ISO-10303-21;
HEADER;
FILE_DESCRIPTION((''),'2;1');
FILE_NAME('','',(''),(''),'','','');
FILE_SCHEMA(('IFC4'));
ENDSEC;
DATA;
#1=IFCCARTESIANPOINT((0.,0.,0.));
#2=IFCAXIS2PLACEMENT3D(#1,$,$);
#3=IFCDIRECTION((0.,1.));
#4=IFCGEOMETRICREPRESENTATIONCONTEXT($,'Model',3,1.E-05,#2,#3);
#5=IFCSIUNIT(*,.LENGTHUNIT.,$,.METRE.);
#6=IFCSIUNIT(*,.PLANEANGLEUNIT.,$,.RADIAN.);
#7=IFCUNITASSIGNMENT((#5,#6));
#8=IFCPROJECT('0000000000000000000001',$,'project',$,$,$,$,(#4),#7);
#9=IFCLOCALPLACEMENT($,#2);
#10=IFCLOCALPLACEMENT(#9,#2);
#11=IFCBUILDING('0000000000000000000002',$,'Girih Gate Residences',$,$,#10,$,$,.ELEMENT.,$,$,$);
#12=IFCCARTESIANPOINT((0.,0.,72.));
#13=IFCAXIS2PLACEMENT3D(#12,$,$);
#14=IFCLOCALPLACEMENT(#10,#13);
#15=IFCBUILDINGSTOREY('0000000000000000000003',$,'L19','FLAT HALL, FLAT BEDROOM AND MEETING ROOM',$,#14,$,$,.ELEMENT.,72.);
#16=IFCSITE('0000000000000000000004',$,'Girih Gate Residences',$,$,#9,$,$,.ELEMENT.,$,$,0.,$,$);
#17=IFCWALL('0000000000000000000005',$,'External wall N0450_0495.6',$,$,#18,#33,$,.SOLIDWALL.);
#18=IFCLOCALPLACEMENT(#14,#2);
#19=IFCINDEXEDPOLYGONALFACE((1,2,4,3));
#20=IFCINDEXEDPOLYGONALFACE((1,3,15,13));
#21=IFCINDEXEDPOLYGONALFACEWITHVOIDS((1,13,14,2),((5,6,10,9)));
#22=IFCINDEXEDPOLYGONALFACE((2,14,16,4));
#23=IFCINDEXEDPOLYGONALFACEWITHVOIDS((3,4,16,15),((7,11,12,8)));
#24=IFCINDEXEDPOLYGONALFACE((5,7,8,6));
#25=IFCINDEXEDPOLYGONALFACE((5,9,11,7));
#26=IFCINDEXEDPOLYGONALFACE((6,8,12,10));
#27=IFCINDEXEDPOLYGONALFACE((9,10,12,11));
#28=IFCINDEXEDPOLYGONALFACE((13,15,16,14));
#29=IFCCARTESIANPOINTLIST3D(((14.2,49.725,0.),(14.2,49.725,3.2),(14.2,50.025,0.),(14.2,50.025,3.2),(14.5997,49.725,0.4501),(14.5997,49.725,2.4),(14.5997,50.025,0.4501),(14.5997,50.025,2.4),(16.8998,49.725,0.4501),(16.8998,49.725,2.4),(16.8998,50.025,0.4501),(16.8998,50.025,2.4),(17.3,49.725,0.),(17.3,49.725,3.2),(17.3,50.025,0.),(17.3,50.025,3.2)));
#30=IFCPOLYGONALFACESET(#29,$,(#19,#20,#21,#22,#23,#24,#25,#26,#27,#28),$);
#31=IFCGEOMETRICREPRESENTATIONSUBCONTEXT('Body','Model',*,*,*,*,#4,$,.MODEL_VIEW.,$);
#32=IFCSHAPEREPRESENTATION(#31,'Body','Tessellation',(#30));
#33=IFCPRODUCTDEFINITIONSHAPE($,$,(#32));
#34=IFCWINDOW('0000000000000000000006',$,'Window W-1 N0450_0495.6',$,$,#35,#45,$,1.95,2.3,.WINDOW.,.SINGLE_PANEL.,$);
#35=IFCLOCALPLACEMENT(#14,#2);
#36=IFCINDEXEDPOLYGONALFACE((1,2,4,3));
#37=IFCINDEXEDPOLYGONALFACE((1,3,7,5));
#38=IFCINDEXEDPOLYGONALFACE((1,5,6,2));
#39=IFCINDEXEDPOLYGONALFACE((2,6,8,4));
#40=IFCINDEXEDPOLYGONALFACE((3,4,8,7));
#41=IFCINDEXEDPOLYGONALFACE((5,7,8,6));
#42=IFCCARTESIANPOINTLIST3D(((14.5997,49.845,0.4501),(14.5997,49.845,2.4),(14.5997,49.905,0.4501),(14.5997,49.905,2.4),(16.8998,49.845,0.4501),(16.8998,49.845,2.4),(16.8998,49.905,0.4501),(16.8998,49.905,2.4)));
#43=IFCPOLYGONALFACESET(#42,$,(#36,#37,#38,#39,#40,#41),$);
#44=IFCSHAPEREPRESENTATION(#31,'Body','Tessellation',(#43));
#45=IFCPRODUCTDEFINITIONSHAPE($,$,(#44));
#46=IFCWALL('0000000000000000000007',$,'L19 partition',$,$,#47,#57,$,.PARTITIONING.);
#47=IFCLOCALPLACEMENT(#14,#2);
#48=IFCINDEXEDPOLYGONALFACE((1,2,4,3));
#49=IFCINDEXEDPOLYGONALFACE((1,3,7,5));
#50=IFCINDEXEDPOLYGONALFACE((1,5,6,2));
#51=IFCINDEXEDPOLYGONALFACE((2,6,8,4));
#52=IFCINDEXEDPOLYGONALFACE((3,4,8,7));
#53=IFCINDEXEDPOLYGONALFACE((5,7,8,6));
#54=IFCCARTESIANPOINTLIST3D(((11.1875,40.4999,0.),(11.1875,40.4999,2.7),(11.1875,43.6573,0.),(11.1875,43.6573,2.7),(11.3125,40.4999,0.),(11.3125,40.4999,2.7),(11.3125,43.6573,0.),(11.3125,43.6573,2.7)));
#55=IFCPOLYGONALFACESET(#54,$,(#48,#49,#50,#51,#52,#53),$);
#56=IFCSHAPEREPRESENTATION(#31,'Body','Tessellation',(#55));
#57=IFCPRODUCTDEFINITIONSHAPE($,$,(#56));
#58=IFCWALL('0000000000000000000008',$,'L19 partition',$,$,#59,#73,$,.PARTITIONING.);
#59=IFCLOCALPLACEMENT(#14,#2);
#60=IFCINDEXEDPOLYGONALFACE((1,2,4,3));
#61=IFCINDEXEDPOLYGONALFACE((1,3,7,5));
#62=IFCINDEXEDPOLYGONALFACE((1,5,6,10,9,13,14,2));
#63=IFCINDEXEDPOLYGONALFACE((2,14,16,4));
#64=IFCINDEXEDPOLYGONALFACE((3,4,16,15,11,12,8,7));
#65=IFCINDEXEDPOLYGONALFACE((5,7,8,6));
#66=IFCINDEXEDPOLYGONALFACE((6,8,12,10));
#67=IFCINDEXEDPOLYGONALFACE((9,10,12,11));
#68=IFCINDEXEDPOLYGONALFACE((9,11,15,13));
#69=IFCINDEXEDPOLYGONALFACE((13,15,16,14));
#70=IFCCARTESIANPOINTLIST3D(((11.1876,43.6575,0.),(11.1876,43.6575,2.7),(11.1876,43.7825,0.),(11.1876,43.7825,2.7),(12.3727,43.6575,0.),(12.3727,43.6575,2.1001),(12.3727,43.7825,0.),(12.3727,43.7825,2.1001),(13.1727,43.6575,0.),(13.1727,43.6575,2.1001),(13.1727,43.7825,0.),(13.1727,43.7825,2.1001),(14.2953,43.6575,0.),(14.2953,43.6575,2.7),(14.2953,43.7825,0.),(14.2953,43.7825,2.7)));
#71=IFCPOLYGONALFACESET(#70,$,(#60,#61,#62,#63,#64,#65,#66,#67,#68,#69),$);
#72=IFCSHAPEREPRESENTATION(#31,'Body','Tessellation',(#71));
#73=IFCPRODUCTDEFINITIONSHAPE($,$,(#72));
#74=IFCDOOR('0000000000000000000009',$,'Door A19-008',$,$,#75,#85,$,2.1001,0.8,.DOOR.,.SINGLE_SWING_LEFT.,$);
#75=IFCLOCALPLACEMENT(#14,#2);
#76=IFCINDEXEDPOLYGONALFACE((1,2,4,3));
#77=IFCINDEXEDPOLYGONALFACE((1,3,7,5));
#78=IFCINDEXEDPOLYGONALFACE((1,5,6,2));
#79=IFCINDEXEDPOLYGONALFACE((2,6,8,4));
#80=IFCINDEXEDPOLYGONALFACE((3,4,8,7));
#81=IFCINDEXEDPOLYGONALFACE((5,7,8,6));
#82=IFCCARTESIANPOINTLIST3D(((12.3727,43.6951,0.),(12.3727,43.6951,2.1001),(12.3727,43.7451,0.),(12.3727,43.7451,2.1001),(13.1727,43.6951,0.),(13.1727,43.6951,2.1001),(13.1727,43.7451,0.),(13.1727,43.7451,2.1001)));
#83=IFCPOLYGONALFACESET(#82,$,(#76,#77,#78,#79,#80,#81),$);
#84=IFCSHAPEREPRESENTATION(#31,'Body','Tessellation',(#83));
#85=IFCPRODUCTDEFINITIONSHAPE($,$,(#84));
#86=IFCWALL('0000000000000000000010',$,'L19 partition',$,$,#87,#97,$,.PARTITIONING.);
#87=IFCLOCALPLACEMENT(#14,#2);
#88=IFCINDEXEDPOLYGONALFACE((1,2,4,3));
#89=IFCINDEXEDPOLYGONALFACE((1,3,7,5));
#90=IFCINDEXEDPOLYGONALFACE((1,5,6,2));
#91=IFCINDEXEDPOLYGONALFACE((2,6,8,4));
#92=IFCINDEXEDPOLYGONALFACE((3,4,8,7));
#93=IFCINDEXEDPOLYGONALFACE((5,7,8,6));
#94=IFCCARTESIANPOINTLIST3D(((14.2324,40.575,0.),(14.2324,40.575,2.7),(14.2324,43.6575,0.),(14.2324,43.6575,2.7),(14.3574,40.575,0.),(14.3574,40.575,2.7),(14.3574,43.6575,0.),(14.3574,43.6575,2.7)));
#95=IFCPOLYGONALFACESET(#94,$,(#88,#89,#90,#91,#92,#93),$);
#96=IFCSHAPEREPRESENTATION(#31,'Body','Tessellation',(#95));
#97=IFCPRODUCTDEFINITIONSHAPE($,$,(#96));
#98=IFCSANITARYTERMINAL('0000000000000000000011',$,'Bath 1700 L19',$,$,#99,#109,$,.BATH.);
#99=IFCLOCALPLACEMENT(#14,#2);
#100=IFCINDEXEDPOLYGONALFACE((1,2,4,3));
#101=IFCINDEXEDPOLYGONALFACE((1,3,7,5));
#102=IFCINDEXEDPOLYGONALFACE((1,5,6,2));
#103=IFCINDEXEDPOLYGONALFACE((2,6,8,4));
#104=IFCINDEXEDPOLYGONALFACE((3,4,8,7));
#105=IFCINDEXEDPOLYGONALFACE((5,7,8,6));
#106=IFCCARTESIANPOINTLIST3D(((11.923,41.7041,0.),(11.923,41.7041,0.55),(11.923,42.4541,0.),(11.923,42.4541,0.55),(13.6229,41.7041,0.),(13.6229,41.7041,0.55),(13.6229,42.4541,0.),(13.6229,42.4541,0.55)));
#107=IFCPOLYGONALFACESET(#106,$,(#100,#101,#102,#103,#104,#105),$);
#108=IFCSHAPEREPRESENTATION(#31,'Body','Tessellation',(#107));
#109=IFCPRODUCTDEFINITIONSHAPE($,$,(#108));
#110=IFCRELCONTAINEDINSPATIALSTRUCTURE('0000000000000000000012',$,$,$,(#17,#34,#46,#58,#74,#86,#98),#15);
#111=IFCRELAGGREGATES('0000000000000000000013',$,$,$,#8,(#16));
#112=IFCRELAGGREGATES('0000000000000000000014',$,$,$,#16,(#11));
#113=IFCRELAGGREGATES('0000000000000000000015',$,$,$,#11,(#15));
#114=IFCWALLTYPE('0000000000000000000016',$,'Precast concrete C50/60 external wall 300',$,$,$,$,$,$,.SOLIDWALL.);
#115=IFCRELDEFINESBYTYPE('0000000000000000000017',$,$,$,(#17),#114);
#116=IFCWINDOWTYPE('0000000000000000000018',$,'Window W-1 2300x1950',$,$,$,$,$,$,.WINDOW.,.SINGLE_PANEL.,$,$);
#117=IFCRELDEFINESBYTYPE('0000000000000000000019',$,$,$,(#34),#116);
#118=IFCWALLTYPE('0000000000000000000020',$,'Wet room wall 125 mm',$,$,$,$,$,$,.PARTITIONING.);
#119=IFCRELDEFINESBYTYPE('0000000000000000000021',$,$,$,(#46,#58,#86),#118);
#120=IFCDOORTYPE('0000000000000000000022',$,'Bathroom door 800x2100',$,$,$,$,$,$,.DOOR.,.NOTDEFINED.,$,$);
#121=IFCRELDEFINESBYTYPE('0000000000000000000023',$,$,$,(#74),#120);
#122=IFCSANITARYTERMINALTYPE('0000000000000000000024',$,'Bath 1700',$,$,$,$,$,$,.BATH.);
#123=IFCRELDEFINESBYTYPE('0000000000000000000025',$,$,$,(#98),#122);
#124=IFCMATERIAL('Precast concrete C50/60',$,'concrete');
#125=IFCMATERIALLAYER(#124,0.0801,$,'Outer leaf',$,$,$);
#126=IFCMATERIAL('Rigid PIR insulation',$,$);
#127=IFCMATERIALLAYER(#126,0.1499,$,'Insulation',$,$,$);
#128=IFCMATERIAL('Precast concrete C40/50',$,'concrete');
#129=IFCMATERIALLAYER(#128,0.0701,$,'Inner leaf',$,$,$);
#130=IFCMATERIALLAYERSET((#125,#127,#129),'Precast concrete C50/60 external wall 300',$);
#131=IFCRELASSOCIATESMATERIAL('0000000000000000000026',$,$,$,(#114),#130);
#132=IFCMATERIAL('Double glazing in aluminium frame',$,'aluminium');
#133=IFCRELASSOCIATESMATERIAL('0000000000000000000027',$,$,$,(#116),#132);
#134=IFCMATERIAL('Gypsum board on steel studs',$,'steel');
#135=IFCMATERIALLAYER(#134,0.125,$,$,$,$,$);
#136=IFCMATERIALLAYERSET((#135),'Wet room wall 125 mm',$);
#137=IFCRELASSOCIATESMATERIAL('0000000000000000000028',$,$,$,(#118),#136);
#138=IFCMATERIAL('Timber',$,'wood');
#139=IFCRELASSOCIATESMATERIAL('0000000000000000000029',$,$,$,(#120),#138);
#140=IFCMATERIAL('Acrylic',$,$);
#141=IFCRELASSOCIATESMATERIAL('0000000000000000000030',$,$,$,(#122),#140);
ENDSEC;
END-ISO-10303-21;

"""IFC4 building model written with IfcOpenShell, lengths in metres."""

from ifc_helpers import new_model, si_unit, direction, frame, frame_2d, origin, origin_2d, place, context, subcontext, project, spatial, rectangle, extrude, material, layer, layer_set, type_object, element, fill, save


model = new_model("IFC4")

# Units and contexts
model_context = context("Model", 3, precision=1e-05, world=origin(), true_north=direction((0.0, 1.0)))
body_context = subcontext(model_context, "Body", "Model", "MODEL_VIEW")
ifc_project = project(units=[si_unit("LENGTHUNIT", "METRE"), si_unit("PLANEANGLEUNIT", "RADIAN")], contexts=[model_context])

# Site, building, storey
site_placement = place(None, origin())
site = spatial("IfcSite", under=ifc_project, at=site_placement, Name="Girih Gate Residences", CompositionType="ELEMENT", RefElevation=0.0)
building_placement = place(site_placement, origin())
building = spatial("IfcBuilding", under=site, at=building_placement, Name="Girih Gate Residences", CompositionType="ELEMENT")
storey_placement = place(building_placement, frame((0.0, 0.0, 72.0)))
storey = spatial("IfcBuildingStorey", under=building, at=storey_placement, Name="L19", Description="FLAT HALL, FLAT BEDROOM AND MEETING ROOM", CompositionType="ELEMENT", Elevation=72.0)

# Shared definitions
ifc_material_1 = material(Name="Gypsum board on steel studs", Category="steel")

# Shared definitions
ifc_material_2 = material(Name="Timber", Category="wood")

# Wall, opening, window
ifc_material_3 = material(Name="Precast concrete C50/60", Category="concrete")
ifc_layer_1 = layer(ifc_material_3, 0.0801, Name="Outer leaf")
ifc_material_4 = material(Name="Rigid PIR insulation")
ifc_layer_2 = layer(ifc_material_4, 0.1499, Name="Insulation")
ifc_material_5 = material(Name="Precast concrete C40/50", Category="concrete")
ifc_layer_3 = layer(ifc_material_5, 0.0701, Name="Inner leaf")
ifc_layer_set_1 = layer_set([ifc_layer_1, ifc_layer_2, ifc_layer_3], Name="Precast concrete C50/60 external wall 300")
wall_type_1 = type_object("IfcWallType", Name="Precast concrete C50/60 external wall 300", PredefinedType="SOLIDWALL", material=ifc_layer_set_1)
ifc_material_6 = material(Name="Double glazing in aluminium frame", Category="aluminium")
window_type = type_object("IfcWindowType", Name="Window W-1 2300x1950", PartitioningType="SINGLE_PANEL", PredefinedType="WINDOW", material=ifc_material_6)
wall_1_placement = place(storey_placement, frame((14.2, 49.875, 0.0), z_axis=(0.0, 0.0, 1.0), x_axis=(1.0, 0.0, 0.0)))
wall_1 = element("IfcWall", 1, at=wall_1_placement, inside=storey, type_object=wall_type_1, Name="External wall N0450_0495.6", PredefinedType="SOLIDWALL", context=body_context, shape_type="SweptSolid", body=[
    extrude(rectangle(XDim=3.1001, YDim=0.3, at=frame_2d((1.55, 0.0))), origin(), (0.0, 0.0, 1.0), 3.2),
])
opening_1_placement = place(wall_1_placement, frame((0.3999, 0.0, 0.45)))
opening_1 = element("IfcOpeningElement", 2, at=opening_1_placement, cuts=wall_1, PredefinedType="OPENING", context=body_context, shape_type="SweptSolid", body=[
    extrude(rectangle(XDim=2.3, YDim=1.95, at=frame_2d((1.1499, 0.9751))), frame((0.0, 0.1599, 0.0), z_axis=(0.0, -1.0, 0.0), x_axis=(1.0, 0.0, 0.0)), (0.0, 0.0, 1.0), 0.3201),
])
window_1_placement = place(opening_1_placement, origin())
window_1 = element("IfcWindow", 3, at=window_1_placement, inside=storey, type_object=window_type, Name="Window W-1 N0450_0495.6", OverallHeight=1.95, OverallWidth=2.3, PartitioningType="SINGLE_PANEL", PredefinedType="WINDOW", context=body_context, shape_type="SweptSolid", body=[
    extrude(rectangle(XDim=2.3, YDim=1.95, at=frame_2d((1.1499, 0.9751))), frame((0.0, 0.03, 0.0), z_axis=(0.0, -1.0, 0.0), x_axis=(1.0, 0.0, 0.0)), (0.0, 0.0, 1.0), 0.0601),
])
fill(opening_1, window_1)

# Wall
ifc_layer_4 = layer(ifc_material_1, 0.125)
ifc_layer_set_2 = layer_set([ifc_layer_4], Name="Wet room wall 125 mm")
wall_type_2 = type_object("IfcWallType", Name="Wet room wall 125 mm", PredefinedType="PARTITIONING", material=ifc_layer_set_2)
wall_2_placement = place(storey_placement, frame((11.25, 40.5, 0.0), z_axis=(0.0, 0.0, 1.0), x_axis=(0.0, 1.0, 0.0)))
element("IfcWall", 4, at=wall_2_placement, inside=storey, type_object=wall_type_2, Name="L19 partition", PredefinedType="PARTITIONING", context=body_context, shape_type="SweptSolid", body=[
    extrude(rectangle(XDim=3.1575, YDim=0.125, at=frame_2d((1.5786, 0.0))), origin(), (0.0, 0.0, 1.0), 2.7),
])

# Wall, opening, door
wall_3_placement = place(storey_placement, frame((14.2952, 43.72, 0.0), z_axis=(0.0, 0.0, 1.0), x_axis=(-1.0, 0.0, 0.0)))
wall_3 = element("IfcWall", 5, at=wall_3_placement, inside=storey, type_object=wall_type_2, Name="L19 partition", PredefinedType="PARTITIONING", context=body_context, shape_type="SweptSolid", body=[
    extrude(rectangle(XDim=3.1077, YDim=0.125, at=frame_2d((1.5537, 0.0))), origin(), (0.0, 0.0, 1.0), 2.7),
])
opening_2_placement = place(wall_3_placement, frame((1.1226, 0.0, 0.0)))
opening_2 = element("IfcOpeningElement", 6, at=opening_2_placement, cuts=wall_3, PredefinedType="OPENING", context=body_context, shape_type="SweptSolid", body=[
    extrude(rectangle(XDim=0.8, YDim=2.1001, at=frame_2d((0.3999, 1.05))), frame((0.0, 0.0725, 0.0), z_axis=(0.0, -1.0, 0.0), x_axis=(1.0, 0.0, 0.0)), (0.0, 0.0, 1.0), 0.145),
])
door_type_1 = type_object("IfcDoorType", Name="Bathroom door 800x2100", OperationType="NOTDEFINED", PredefinedType="DOOR", material=ifc_material_2)
door_1_placement = place(opening_2_placement, origin())
door_1 = element("IfcDoor", 7, at=door_1_placement, inside=storey, type_object=door_type_1, Name="Door A19-008", OperationType="SINGLE_SWING_LEFT", OverallHeight=2.1001, OverallWidth=0.8, PredefinedType="DOOR", context=body_context, shape_type="SweptSolid", body=[
    extrude(rectangle(XDim=0.8, YDim=2.1001, at=frame_2d((0.3999, 1.05))), frame((0.0, 0.0249, 0.0), z_axis=(0.0, -1.0, 0.0), x_axis=(1.0, 0.0, 0.0)), (0.0, 0.0, 1.0), 0.05),
])
fill(opening_2, door_1)

# Wall
wall_4_placement = place(storey_placement, frame((14.2949, 40.575, 0.0), z_axis=(0.0, 0.0, 1.0), x_axis=(0.0, 1.0, 0.0)))
element("IfcWall", 8, at=wall_4_placement, inside=storey, type_object=wall_type_2, Name="L19 partition", PredefinedType="PARTITIONING", context=body_context, shape_type="SweptSolid", body=[
    extrude(rectangle(XDim=3.0825, YDim=0.125, at=frame_2d((1.5413, 0.0))), origin(), (0.0, 0.0, 1.0), 2.7),
])

# Sanitary terminal
ifc_material_7 = material(Name="Acrylic")
sanitary_terminal_type = type_object("IfcSanitaryTerminalType", Name="Bath 1700", PredefinedType="BATH", material=ifc_material_7)
sanitary_terminal_placement = place(storey_placement, frame((12.7729, 42.0791, 0.0), z_axis=(0.0, 0.0, 1.0), x_axis=(1.0, 0.0, 0.0)))
element("IfcSanitaryTerminal", 9, at=sanitary_terminal_placement, inside=storey, type_object=sanitary_terminal_type, Name="Bath 1700 L19", PredefinedType="BATH", context=body_context, shape_type="SweptSolid", body=[
    extrude(rectangle(XDim=1.7, YDim=0.75, at=origin_2d()), origin(), (0.0, 0.0, 1.0), 0.55),
])

save(model, "model.ifc")
